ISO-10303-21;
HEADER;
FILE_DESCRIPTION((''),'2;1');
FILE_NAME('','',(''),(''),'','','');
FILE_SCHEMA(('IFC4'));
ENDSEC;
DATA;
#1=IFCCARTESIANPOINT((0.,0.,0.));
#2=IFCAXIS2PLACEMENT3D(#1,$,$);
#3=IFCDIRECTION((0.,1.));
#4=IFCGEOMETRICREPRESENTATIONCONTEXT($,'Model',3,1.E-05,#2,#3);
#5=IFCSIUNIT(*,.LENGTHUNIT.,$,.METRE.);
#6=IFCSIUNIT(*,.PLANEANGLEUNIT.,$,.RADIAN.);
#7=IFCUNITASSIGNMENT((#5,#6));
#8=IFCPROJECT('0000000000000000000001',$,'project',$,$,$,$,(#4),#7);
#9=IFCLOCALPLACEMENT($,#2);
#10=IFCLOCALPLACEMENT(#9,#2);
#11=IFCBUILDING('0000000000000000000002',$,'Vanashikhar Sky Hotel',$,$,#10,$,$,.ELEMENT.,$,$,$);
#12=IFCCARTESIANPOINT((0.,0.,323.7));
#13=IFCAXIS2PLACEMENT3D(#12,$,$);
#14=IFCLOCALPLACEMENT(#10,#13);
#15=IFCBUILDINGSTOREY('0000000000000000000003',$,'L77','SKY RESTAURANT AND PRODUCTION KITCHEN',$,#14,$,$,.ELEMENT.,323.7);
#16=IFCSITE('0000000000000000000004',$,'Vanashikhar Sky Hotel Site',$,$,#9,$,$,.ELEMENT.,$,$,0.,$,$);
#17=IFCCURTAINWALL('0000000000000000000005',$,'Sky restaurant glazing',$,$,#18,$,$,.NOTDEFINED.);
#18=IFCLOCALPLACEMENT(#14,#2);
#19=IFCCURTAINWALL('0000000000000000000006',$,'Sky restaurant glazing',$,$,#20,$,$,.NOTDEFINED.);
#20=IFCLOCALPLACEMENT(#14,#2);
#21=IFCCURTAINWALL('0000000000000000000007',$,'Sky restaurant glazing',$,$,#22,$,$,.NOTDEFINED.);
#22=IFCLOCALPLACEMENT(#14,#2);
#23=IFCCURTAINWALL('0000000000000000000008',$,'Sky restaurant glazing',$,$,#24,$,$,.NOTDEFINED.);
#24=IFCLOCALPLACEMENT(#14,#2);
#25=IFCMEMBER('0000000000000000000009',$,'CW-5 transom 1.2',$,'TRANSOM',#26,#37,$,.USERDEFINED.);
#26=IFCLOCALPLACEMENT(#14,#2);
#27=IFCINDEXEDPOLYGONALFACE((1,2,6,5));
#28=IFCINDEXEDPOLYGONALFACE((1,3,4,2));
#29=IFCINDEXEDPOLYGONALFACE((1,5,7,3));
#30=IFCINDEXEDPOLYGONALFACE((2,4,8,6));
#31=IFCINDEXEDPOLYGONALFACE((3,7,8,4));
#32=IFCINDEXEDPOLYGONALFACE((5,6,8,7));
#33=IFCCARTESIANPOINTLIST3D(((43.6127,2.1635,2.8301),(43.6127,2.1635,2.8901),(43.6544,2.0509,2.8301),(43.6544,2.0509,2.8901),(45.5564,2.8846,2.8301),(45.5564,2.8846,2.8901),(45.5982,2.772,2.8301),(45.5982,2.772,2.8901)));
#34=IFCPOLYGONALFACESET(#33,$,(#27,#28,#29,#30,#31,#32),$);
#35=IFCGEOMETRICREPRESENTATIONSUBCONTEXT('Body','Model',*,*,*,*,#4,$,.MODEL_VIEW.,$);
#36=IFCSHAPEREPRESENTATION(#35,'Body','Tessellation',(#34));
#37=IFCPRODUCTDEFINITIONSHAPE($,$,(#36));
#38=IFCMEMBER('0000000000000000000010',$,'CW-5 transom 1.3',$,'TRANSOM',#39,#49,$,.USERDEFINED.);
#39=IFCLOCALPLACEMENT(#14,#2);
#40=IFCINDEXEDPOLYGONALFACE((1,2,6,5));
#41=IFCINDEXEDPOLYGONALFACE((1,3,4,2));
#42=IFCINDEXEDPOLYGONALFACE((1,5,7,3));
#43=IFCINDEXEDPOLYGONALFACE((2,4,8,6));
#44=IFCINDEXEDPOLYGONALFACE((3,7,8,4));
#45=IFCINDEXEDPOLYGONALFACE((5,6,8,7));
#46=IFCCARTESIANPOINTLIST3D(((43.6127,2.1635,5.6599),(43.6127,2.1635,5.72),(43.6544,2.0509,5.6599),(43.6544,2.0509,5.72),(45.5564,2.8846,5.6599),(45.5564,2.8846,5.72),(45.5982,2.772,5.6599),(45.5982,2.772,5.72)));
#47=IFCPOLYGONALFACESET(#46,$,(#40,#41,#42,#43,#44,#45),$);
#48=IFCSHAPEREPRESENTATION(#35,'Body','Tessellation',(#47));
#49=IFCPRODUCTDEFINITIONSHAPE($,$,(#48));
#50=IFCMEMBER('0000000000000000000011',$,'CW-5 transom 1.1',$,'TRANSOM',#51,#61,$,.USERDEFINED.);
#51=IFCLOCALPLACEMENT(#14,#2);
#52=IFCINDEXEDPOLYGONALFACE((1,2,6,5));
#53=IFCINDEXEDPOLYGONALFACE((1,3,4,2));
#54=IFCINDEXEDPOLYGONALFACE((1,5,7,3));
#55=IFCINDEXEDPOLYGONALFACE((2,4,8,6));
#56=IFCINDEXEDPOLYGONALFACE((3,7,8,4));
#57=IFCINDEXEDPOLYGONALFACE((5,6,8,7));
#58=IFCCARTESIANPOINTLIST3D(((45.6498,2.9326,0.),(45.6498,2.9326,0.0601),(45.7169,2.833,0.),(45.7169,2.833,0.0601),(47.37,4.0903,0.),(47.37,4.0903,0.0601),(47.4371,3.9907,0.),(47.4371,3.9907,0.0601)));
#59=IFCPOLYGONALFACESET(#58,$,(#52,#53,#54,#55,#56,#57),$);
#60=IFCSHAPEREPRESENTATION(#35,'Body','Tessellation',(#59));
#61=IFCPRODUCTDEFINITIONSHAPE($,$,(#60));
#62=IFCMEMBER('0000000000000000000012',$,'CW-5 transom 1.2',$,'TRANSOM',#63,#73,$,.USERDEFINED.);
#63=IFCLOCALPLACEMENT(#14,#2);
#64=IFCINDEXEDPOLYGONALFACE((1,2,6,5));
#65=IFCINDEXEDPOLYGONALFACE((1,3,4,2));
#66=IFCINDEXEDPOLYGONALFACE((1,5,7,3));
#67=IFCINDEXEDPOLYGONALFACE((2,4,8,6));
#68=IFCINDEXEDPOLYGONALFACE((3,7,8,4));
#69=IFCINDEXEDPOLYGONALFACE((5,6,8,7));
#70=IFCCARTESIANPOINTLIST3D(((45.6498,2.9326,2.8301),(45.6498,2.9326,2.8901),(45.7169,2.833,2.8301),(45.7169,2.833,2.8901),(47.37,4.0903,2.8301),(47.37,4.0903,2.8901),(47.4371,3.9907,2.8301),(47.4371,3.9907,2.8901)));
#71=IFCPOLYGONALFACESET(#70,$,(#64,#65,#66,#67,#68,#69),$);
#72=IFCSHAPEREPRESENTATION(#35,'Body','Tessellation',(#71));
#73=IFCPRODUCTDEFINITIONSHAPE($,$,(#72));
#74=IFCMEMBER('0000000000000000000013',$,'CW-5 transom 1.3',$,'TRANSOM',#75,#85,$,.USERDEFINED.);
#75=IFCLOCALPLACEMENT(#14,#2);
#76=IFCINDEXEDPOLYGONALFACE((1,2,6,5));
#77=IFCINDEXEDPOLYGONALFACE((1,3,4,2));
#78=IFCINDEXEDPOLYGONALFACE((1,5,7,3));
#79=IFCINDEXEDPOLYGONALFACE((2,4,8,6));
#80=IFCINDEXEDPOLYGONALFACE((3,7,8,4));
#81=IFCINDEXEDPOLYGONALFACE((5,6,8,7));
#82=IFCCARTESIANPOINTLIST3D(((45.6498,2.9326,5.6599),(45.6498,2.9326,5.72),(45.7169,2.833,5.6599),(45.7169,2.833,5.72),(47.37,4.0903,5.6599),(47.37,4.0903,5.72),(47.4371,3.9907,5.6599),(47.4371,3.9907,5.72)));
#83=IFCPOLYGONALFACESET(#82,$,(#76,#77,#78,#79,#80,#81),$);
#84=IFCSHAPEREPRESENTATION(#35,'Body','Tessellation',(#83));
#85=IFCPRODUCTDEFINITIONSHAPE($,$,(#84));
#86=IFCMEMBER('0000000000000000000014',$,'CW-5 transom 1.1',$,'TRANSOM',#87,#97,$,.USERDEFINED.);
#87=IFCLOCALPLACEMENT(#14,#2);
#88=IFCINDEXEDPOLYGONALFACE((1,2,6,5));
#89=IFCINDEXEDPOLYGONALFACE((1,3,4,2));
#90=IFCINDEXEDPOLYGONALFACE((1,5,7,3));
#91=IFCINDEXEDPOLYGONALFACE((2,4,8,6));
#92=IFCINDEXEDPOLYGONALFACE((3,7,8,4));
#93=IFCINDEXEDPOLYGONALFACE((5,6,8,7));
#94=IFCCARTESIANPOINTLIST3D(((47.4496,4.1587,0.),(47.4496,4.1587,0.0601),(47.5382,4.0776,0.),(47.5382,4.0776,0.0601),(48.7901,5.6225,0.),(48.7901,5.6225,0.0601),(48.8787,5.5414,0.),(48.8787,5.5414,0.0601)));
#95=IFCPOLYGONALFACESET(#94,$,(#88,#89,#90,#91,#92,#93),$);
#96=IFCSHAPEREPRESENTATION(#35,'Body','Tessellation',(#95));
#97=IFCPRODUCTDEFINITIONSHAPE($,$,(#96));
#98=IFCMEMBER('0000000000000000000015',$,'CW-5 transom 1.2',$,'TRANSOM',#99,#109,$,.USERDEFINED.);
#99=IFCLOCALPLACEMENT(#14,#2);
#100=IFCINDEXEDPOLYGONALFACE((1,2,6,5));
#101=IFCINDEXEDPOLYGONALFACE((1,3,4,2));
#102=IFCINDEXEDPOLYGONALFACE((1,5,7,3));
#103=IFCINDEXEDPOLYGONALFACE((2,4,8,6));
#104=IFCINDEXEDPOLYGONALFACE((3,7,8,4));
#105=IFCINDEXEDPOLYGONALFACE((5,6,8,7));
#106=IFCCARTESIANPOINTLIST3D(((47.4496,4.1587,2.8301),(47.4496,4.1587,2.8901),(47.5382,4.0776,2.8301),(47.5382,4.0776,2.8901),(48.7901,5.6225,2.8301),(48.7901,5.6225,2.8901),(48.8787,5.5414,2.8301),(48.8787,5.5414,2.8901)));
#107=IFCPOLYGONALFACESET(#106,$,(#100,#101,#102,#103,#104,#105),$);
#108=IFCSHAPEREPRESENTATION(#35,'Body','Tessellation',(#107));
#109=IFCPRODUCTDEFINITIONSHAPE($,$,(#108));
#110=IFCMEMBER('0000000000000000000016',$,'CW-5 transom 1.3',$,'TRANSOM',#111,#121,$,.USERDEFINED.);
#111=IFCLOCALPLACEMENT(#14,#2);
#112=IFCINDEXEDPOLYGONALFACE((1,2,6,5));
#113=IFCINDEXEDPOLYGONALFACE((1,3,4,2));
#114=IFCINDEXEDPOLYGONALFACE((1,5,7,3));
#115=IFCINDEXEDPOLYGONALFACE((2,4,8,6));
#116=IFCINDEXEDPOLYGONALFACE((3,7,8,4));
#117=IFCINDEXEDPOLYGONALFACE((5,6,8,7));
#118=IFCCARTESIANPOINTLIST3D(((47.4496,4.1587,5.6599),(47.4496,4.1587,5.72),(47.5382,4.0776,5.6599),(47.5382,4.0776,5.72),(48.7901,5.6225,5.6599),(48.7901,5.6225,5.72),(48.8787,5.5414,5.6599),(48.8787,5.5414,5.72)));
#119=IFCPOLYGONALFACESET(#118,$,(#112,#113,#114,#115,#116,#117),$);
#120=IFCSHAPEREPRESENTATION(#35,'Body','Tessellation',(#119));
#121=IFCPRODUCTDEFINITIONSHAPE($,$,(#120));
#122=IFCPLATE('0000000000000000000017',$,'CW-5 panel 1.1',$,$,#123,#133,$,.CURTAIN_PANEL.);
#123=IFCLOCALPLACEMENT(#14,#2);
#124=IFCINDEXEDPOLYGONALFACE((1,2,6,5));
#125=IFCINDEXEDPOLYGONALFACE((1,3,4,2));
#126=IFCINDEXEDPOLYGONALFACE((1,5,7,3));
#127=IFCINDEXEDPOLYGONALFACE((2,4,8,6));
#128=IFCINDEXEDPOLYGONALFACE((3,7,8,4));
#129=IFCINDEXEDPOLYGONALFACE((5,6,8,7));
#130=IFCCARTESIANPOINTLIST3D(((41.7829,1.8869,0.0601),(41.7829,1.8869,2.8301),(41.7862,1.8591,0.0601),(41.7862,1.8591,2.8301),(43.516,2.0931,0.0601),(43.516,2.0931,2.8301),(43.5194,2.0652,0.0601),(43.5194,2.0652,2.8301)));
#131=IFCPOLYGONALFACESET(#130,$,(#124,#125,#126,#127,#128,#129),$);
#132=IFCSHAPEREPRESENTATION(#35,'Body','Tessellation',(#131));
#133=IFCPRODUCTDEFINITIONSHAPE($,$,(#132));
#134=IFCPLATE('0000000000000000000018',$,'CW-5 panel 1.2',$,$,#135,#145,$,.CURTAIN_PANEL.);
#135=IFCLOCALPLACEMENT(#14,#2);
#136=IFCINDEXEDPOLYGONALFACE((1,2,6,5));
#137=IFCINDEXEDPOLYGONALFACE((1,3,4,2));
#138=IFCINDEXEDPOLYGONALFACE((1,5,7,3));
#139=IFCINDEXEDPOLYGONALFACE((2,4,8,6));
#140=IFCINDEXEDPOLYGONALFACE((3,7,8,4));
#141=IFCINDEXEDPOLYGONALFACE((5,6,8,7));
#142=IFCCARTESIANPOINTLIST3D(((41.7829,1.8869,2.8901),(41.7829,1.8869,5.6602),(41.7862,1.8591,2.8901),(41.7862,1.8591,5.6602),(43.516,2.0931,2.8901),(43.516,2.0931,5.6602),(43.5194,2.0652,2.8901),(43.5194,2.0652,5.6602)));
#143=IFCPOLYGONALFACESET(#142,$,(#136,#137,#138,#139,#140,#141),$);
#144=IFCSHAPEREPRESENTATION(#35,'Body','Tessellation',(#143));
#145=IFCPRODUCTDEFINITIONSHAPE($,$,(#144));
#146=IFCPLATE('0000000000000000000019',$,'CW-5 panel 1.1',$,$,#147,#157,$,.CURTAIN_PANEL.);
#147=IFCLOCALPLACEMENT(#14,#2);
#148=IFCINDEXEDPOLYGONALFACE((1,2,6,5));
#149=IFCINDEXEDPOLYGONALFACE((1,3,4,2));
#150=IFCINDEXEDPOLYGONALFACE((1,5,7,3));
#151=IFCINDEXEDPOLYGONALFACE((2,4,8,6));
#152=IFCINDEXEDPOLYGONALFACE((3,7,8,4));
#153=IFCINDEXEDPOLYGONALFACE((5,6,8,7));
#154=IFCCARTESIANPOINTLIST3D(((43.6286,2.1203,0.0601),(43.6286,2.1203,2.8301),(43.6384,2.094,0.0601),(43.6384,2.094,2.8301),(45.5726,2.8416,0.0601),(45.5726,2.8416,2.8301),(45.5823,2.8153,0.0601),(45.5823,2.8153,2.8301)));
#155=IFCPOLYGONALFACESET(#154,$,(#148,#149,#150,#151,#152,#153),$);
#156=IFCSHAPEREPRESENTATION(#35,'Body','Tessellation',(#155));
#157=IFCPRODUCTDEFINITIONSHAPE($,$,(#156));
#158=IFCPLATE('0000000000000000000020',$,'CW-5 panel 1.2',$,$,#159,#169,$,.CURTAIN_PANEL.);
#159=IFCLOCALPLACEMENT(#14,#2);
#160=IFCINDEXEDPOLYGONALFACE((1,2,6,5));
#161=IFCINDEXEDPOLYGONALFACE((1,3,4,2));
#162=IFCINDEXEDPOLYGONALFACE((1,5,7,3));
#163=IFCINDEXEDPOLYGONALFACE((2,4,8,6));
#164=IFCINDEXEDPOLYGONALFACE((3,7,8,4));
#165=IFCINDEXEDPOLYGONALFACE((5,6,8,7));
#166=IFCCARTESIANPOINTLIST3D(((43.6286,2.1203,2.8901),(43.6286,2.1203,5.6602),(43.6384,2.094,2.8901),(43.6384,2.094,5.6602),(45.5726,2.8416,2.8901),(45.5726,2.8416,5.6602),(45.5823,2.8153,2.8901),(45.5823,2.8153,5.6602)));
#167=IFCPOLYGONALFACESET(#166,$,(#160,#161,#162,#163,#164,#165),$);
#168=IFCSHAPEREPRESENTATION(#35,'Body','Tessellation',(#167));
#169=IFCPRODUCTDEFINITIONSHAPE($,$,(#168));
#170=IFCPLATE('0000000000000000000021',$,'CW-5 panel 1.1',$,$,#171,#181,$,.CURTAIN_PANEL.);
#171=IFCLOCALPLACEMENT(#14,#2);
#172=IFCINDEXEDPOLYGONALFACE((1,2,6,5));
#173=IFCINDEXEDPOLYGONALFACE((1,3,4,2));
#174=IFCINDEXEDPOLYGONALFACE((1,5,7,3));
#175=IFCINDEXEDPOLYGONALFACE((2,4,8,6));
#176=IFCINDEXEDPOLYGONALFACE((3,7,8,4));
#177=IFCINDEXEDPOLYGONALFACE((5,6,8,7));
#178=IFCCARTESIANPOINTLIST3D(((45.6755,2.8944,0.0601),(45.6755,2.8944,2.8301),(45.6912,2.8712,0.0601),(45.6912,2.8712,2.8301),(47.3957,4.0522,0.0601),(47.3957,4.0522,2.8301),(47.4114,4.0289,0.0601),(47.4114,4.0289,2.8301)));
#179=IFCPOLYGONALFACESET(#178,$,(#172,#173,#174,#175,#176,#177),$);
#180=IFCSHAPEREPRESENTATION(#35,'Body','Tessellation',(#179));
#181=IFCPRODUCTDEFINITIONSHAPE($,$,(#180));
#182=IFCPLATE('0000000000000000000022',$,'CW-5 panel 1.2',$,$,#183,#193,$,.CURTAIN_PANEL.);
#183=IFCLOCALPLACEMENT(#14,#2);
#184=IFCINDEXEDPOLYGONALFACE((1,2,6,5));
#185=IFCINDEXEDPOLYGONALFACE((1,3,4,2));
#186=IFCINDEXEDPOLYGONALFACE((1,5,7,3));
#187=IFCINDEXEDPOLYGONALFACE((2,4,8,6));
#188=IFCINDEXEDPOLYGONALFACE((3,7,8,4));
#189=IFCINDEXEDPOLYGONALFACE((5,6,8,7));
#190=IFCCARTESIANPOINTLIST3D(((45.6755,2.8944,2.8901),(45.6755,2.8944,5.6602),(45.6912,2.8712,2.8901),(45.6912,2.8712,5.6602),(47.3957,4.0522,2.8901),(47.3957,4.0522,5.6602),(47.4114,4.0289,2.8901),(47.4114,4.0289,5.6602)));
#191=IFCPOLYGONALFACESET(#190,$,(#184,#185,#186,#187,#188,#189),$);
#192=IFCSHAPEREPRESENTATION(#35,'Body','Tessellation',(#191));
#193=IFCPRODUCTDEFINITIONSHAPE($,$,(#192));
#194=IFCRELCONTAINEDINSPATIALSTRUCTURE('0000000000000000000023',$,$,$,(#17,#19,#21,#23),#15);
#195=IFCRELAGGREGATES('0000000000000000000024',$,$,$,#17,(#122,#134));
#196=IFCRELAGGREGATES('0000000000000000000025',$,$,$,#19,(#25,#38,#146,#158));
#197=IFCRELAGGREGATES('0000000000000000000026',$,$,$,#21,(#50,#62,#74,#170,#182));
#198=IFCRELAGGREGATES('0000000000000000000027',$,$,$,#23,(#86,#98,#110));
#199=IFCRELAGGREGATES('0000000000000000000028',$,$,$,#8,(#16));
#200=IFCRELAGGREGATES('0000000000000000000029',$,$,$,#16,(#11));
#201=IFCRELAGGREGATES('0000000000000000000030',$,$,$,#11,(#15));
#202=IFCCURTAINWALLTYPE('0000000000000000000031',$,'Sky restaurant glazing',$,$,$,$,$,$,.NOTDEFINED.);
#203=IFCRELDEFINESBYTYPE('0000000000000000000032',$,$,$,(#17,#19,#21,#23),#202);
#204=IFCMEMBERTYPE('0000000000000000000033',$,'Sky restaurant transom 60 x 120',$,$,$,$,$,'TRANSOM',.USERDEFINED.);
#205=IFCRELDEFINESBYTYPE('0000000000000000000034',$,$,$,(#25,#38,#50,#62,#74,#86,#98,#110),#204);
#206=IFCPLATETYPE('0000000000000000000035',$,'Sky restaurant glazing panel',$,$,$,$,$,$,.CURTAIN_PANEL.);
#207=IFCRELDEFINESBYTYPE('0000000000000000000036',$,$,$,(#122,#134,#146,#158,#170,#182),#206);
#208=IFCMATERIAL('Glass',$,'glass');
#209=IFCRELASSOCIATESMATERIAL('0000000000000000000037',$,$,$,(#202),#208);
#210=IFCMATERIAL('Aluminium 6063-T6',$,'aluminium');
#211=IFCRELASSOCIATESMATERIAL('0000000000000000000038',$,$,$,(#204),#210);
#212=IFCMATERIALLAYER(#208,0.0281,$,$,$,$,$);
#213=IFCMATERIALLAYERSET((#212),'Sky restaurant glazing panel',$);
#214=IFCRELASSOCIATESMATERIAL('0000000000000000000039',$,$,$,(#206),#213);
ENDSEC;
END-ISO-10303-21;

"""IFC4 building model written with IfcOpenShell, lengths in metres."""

from ifc_helpers import new_model, si_unit, direction, frame, origin, origin_2d, place, context, subcontext, project, spatial, rectangle, extrude, source, transform, mapped, material, layer, layer_set, material_profile, profile_set, type_object, element, aggregate, save


model = new_model("IFC4")

# Units and contexts
model_context = context("Model", 3, precision=1e-05, world=origin(), true_north=direction((0.0, 1.0)))
body_context = subcontext(model_context, "Body", "Model", "MODEL_VIEW")
ifc_project = project(units=[si_unit("LENGTHUNIT", "METRE"), si_unit("PLANEANGLEUNIT", "RADIAN")], contexts=[model_context])

# Site, building, storey
site_placement = place(None, origin())
site = spatial("IfcSite", under=ifc_project, at=site_placement, Name="Vanashikhar Sky Hotel Site", CompositionType="ELEMENT", RefElevation=0.0)
building_placement = place(site_placement, origin())
building = spatial("IfcBuilding", under=site, at=building_placement, Name="Vanashikhar Sky Hotel", CompositionType="ELEMENT")
storey_placement = place(building_placement, frame((0.0, 0.0, 323.7)))
storey = spatial("IfcBuildingStorey", under=building, at=storey_placement, Name="L77", Description="SKY RESTAURANT AND PRODUCTION KITCHEN", CompositionType="ELEMENT", Elevation=323.7)

# Shared definitions
ifc_material_1 = material(Name="Glass", Category="glass")
curtain_wall_type = type_object("IfcCurtainWallType", Name="Sky restaurant glazing", PredefinedType="NOTDEFINED", material=ifc_material_1)
ifc_material_2 = material(Name="Aluminium 6063-T6", Category="aluminium")

# Curtain walls
curtain_wall_1_placement = place(storey_placement, origin())
curtain_wall_1 = element("IfcCurtainWall", 1, at=curtain_wall_1_placement, inside=storey, type_object=curtain_wall_type, Name="Sky restaurant glazing", PredefinedType="NOTDEFINED")
curtain_wall_2_placement = place(storey_placement, origin())
curtain_wall_2 = element("IfcCurtainWall", 2, at=curtain_wall_2_placement, inside=storey, type_object=curtain_wall_type, Name="Sky restaurant glazing", PredefinedType="NOTDEFINED")
curtain_wall_3_placement = place(storey_placement, origin())
curtain_wall_3 = element("IfcCurtainWall", 3, at=curtain_wall_3_placement, inside=storey, type_object=curtain_wall_type, Name="Sky restaurant glazing", PredefinedType="NOTDEFINED")

# Curtain wall
curtain_wall_4_placement = place(storey_placement, origin())
curtain_wall_4 = element("IfcCurtainWall", 4, at=curtain_wall_4_placement, inside=storey, type_object=curtain_wall_type, Name="Sky restaurant glazing", PredefinedType="NOTDEFINED")

# Members
ifc_material_profile_1 = material_profile(ifc_material_2, rectangle(XDim=0.1201, YDim=0.0601, at=origin_2d()))
ifc_profile_set_1 = profile_set([ifc_material_profile_1], Name="Aluminium 6063-T6")
member_type_1 = type_object("IfcMemberType", Name="Sky restaurant transom 60 x 120", ElementType="TRANSOM", PredefinedType="USERDEFINED", material=ifc_profile_set_1)
shared_shape_1 = source(origin(), body_context, "Body", "SweptSolid", [
    extrude(rectangle(XDim=0.1201, YDim=0.0601, at=origin_2d()), origin(), (0.0, 0.0, 1.0), 2.0732),
])
member_1_placement = place(storey_placement, frame((43.6335, 2.1072, 2.8601), z_axis=(0.937553, 0.347844, 0.0), x_axis=(-0.347844, 0.937553, 0.0)))
member_1 = element("IfcMember", 5, at=member_1_placement, type_object=member_type_1, Name="CW-5 transom 1.2", ObjectType="TRANSOM", PredefinedType="USERDEFINED", context=body_context, shape_type="MappedRepresentation", body=[
    mapped(shared_shape_1, transform((0.0, 0.0, 0.0), scale=1.0)),
])
member_2_placement = place(storey_placement, frame((43.6335, 2.1072, 5.6899), z_axis=(0.937553, 0.347844, 0.0), x_axis=(-0.347844, 0.937553, 0.0)))
member_2 = element("IfcMember", 6, at=member_2_placement, type_object=member_type_1, Name="CW-5 transom 1.3", ObjectType="TRANSOM", PredefinedType="USERDEFINED", context=body_context, shape_type="MappedRepresentation", body=[
    mapped(shared_shape_1, transform((0.0, 0.0, 0.0), scale=1.0)),
])
shared_shape_2 = source(origin(), body_context, "Body", "SweptSolid", [
    extrude(rectangle(XDim=0.1201, YDim=0.0601, at=origin_2d()), origin(), (0.0, 0.0, 1.0), 2.0735),
])
member_3_placement = place(storey_placement, frame((45.6833, 2.8828, 0.03), z_axis=(0.829615, 0.558336, 0.0), x_axis=(-0.558336, 0.829615, 0.0)))
member_3 = element("IfcMember", 7, at=member_3_placement, type_object=member_type_1, Name="CW-5 transom 1.1", ObjectType="TRANSOM", PredefinedType="USERDEFINED", context=body_context, shape_type="MappedRepresentation", body=[
    mapped(shared_shape_2, transform((0.0, 0.0, 0.0), scale=1.0)),
])
member_4_placement = place(storey_placement, frame((45.6833, 2.8828, 2.8601), z_axis=(0.829615, 0.558336, 0.0), x_axis=(-0.558336, 0.829615, 0.0)))
member_4 = element("IfcMember", 8, at=member_4_placement, type_object=member_type_1, Name="CW-5 transom 1.2", ObjectType="TRANSOM", PredefinedType="USERDEFINED", context=body_context, shape_type="MappedRepresentation", body=[
    mapped(shared_shape_2, transform((0.0, 0.0, 0.0), scale=1.0)),
])
member_5_placement = place(storey_placement, frame((45.6833, 2.8828, 5.6899), z_axis=(0.829615, 0.558336, 0.0), x_axis=(-0.558336, 0.829615, 0.0)))
member_5 = element("IfcMember", 9, at=member_5_placement, type_object=member_type_1, Name="CW-5 transom 1.3", ObjectType="TRANSOM", PredefinedType="USERDEFINED", context=body_context, shape_type="MappedRepresentation", body=[
    mapped(shared_shape_2, transform((0.0, 0.0, 0.0), scale=1.0)),
])
shared_shape_3 = source(origin(), body_context, "Body", "SweptSolid", [
    extrude(rectangle(XDim=0.1201, YDim=0.0601, at=origin_2d()), origin(), (0.0, 0.0, 1.0), 1.9849),
])
member_6_placement = place(storey_placement, frame((47.4939, 4.1182, 0.03), z_axis=(0.675368, 0.737481, 0.0), x_axis=(-0.737481, 0.675368, 0.0)))
member_6 = element("IfcMember", 10, at=member_6_placement, type_object=member_type_1, Name="CW-5 transom 1.1", ObjectType="TRANSOM", PredefinedType="USERDEFINED", context=body_context, shape_type="MappedRepresentation", body=[
    mapped(shared_shape_3, transform((0.0, 0.0, 0.0), scale=1.0)),
])
member_7_placement = place(storey_placement, frame((47.4939, 4.1182, 2.8601), z_axis=(0.675368, 0.737481, 0.0), x_axis=(-0.737481, 0.675368, 0.0)))
member_7 = element("IfcMember", 11, at=member_7_placement, type_object=member_type_1, Name="CW-5 transom 1.2", ObjectType="TRANSOM", PredefinedType="USERDEFINED", context=body_context, shape_type="MappedRepresentation", body=[
    mapped(shared_shape_3, transform((0.0, 0.0, 0.0), scale=1.0)),
])
member_8_placement = place(storey_placement, frame((47.4939, 4.1182, 5.6899), z_axis=(0.675368, 0.737481, 0.0), x_axis=(-0.737481, 0.675368, 0.0)))
member_8 = element("IfcMember", 12, at=member_8_placement, type_object=member_type_1, Name="CW-5 transom 1.3", ObjectType="TRANSOM", PredefinedType="USERDEFINED", context=body_context, shape_type="MappedRepresentation", body=[
    mapped(shared_shape_3, transform((0.0, 0.0, 0.0), scale=1.0)),
])

# Plates
ifc_layer_1 = layer(ifc_material_1, 0.0281)
ifc_layer_set_1 = layer_set([ifc_layer_1], Name="Sky restaurant glazing panel")
plate_type = type_object("IfcPlateType", Name="Sky restaurant glazing panel", PredefinedType="CURTAIN_PANEL", material=ifc_layer_set_1)
shared_shape_4 = source(origin(), body_context, "Body", "SweptSolid", [
    extrude(rectangle(XDim=1.7454, YDim=0.0281, at=origin_2d()), origin(), (0.0, 0.0, 1.0), 2.77),
])
plate_1_placement = place(storey_placement, frame((42.6511, 1.9761, 0.0601), z_axis=(0.0, 0.0, 1.0), x_axis=(0.993001, 0.118107, 0.0)))
plate_1 = element("IfcPlate", 13, at=plate_1_placement, type_object=plate_type, Name="CW-5 panel 1.1", PredefinedType="CURTAIN_PANEL", context=body_context, shape_type="MappedRepresentation", body=[
    mapped(shared_shape_4, transform((0.0, 0.0, 0.0), scale=1.0)),
])
plate_2_placement = place(storey_placement, frame((42.6511, 1.9761, 2.8901), z_axis=(0.0, 0.0, 1.0), x_axis=(0.993001, 0.118107, 0.0)))
plate_2 = element("IfcPlate", 14, at=plate_2_placement, type_object=plate_type, Name="CW-5 panel 1.2", PredefinedType="CURTAIN_PANEL", context=body_context, shape_type="MappedRepresentation", body=[
    mapped(shared_shape_4, transform((0.0, 0.0, 0.0), scale=1.0)),
])
aggregate(curtain_wall_1, [plate_1, plate_2])
shared_shape_5 = source(origin(), body_context, "Body", "SweptSolid", [
    extrude(rectangle(XDim=2.0735, YDim=0.0281, at=origin_2d()), origin(), (0.0, 0.0, 1.0), 2.77),
])
plate_3_placement = place(storey_placement, frame((44.6055, 2.4678, 0.0601), z_axis=(0.0, 0.0, 1.0), x_axis=(0.937545, 0.347864, 0.0)))
plate_3 = element("IfcPlate", 15, at=plate_3_placement, type_object=plate_type, Name="CW-5 panel 1.1", PredefinedType="CURTAIN_PANEL", context=body_context, shape_type="MappedRepresentation", body=[
    mapped(shared_shape_5, transform((0.0, 0.0, 0.0), scale=1.0)),
])
plate_4_placement = place(storey_placement, frame((44.6055, 2.4678, 2.8901), z_axis=(0.0, 0.0, 1.0), x_axis=(0.937545, 0.347864, 0.0)))
plate_4 = element("IfcPlate", 16, at=plate_4_placement, type_object=plate_type, Name="CW-5 panel 1.2", PredefinedType="CURTAIN_PANEL", context=body_context, shape_type="MappedRepresentation", body=[
    mapped(shared_shape_5, transform((0.0, 0.0, 0.0), scale=1.0)),
])
aggregate(curtain_wall_2, [member_1, member_2, plate_3, plate_4])
plate_5_placement = place(storey_placement, frame((46.5435, 3.4617, 0.0601), z_axis=(0.0, 0.0, 1.0), x_axis=(0.829602, 0.558356, 0.0)))
plate_5 = element("IfcPlate", 17, at=plate_5_placement, type_object=plate_type, Name="CW-5 panel 1.1", PredefinedType="CURTAIN_PANEL", context=body_context, shape_type="MappedRepresentation", body=[
    mapped(shared_shape_5, transform((0.0, 0.0, 0.0), scale=1.0)),
])
plate_6_placement = place(storey_placement, frame((46.5435, 3.4617, 2.8901), z_axis=(0.0, 0.0, 1.0), x_axis=(0.829602, 0.558356, 0.0)))
plate_6 = element("IfcPlate", 18, at=plate_6_placement, type_object=plate_type, Name="CW-5 panel 1.2", PredefinedType="CURTAIN_PANEL", context=body_context, shape_type="MappedRepresentation", body=[
    mapped(shared_shape_5, transform((0.0, 0.0, 0.0), scale=1.0)),
])
aggregate(curtain_wall_3, [member_3, member_4, member_5, plate_5, plate_6])
aggregate(curtain_wall_4, [member_6, member_7, member_8])

save(model, "model.ifc")
